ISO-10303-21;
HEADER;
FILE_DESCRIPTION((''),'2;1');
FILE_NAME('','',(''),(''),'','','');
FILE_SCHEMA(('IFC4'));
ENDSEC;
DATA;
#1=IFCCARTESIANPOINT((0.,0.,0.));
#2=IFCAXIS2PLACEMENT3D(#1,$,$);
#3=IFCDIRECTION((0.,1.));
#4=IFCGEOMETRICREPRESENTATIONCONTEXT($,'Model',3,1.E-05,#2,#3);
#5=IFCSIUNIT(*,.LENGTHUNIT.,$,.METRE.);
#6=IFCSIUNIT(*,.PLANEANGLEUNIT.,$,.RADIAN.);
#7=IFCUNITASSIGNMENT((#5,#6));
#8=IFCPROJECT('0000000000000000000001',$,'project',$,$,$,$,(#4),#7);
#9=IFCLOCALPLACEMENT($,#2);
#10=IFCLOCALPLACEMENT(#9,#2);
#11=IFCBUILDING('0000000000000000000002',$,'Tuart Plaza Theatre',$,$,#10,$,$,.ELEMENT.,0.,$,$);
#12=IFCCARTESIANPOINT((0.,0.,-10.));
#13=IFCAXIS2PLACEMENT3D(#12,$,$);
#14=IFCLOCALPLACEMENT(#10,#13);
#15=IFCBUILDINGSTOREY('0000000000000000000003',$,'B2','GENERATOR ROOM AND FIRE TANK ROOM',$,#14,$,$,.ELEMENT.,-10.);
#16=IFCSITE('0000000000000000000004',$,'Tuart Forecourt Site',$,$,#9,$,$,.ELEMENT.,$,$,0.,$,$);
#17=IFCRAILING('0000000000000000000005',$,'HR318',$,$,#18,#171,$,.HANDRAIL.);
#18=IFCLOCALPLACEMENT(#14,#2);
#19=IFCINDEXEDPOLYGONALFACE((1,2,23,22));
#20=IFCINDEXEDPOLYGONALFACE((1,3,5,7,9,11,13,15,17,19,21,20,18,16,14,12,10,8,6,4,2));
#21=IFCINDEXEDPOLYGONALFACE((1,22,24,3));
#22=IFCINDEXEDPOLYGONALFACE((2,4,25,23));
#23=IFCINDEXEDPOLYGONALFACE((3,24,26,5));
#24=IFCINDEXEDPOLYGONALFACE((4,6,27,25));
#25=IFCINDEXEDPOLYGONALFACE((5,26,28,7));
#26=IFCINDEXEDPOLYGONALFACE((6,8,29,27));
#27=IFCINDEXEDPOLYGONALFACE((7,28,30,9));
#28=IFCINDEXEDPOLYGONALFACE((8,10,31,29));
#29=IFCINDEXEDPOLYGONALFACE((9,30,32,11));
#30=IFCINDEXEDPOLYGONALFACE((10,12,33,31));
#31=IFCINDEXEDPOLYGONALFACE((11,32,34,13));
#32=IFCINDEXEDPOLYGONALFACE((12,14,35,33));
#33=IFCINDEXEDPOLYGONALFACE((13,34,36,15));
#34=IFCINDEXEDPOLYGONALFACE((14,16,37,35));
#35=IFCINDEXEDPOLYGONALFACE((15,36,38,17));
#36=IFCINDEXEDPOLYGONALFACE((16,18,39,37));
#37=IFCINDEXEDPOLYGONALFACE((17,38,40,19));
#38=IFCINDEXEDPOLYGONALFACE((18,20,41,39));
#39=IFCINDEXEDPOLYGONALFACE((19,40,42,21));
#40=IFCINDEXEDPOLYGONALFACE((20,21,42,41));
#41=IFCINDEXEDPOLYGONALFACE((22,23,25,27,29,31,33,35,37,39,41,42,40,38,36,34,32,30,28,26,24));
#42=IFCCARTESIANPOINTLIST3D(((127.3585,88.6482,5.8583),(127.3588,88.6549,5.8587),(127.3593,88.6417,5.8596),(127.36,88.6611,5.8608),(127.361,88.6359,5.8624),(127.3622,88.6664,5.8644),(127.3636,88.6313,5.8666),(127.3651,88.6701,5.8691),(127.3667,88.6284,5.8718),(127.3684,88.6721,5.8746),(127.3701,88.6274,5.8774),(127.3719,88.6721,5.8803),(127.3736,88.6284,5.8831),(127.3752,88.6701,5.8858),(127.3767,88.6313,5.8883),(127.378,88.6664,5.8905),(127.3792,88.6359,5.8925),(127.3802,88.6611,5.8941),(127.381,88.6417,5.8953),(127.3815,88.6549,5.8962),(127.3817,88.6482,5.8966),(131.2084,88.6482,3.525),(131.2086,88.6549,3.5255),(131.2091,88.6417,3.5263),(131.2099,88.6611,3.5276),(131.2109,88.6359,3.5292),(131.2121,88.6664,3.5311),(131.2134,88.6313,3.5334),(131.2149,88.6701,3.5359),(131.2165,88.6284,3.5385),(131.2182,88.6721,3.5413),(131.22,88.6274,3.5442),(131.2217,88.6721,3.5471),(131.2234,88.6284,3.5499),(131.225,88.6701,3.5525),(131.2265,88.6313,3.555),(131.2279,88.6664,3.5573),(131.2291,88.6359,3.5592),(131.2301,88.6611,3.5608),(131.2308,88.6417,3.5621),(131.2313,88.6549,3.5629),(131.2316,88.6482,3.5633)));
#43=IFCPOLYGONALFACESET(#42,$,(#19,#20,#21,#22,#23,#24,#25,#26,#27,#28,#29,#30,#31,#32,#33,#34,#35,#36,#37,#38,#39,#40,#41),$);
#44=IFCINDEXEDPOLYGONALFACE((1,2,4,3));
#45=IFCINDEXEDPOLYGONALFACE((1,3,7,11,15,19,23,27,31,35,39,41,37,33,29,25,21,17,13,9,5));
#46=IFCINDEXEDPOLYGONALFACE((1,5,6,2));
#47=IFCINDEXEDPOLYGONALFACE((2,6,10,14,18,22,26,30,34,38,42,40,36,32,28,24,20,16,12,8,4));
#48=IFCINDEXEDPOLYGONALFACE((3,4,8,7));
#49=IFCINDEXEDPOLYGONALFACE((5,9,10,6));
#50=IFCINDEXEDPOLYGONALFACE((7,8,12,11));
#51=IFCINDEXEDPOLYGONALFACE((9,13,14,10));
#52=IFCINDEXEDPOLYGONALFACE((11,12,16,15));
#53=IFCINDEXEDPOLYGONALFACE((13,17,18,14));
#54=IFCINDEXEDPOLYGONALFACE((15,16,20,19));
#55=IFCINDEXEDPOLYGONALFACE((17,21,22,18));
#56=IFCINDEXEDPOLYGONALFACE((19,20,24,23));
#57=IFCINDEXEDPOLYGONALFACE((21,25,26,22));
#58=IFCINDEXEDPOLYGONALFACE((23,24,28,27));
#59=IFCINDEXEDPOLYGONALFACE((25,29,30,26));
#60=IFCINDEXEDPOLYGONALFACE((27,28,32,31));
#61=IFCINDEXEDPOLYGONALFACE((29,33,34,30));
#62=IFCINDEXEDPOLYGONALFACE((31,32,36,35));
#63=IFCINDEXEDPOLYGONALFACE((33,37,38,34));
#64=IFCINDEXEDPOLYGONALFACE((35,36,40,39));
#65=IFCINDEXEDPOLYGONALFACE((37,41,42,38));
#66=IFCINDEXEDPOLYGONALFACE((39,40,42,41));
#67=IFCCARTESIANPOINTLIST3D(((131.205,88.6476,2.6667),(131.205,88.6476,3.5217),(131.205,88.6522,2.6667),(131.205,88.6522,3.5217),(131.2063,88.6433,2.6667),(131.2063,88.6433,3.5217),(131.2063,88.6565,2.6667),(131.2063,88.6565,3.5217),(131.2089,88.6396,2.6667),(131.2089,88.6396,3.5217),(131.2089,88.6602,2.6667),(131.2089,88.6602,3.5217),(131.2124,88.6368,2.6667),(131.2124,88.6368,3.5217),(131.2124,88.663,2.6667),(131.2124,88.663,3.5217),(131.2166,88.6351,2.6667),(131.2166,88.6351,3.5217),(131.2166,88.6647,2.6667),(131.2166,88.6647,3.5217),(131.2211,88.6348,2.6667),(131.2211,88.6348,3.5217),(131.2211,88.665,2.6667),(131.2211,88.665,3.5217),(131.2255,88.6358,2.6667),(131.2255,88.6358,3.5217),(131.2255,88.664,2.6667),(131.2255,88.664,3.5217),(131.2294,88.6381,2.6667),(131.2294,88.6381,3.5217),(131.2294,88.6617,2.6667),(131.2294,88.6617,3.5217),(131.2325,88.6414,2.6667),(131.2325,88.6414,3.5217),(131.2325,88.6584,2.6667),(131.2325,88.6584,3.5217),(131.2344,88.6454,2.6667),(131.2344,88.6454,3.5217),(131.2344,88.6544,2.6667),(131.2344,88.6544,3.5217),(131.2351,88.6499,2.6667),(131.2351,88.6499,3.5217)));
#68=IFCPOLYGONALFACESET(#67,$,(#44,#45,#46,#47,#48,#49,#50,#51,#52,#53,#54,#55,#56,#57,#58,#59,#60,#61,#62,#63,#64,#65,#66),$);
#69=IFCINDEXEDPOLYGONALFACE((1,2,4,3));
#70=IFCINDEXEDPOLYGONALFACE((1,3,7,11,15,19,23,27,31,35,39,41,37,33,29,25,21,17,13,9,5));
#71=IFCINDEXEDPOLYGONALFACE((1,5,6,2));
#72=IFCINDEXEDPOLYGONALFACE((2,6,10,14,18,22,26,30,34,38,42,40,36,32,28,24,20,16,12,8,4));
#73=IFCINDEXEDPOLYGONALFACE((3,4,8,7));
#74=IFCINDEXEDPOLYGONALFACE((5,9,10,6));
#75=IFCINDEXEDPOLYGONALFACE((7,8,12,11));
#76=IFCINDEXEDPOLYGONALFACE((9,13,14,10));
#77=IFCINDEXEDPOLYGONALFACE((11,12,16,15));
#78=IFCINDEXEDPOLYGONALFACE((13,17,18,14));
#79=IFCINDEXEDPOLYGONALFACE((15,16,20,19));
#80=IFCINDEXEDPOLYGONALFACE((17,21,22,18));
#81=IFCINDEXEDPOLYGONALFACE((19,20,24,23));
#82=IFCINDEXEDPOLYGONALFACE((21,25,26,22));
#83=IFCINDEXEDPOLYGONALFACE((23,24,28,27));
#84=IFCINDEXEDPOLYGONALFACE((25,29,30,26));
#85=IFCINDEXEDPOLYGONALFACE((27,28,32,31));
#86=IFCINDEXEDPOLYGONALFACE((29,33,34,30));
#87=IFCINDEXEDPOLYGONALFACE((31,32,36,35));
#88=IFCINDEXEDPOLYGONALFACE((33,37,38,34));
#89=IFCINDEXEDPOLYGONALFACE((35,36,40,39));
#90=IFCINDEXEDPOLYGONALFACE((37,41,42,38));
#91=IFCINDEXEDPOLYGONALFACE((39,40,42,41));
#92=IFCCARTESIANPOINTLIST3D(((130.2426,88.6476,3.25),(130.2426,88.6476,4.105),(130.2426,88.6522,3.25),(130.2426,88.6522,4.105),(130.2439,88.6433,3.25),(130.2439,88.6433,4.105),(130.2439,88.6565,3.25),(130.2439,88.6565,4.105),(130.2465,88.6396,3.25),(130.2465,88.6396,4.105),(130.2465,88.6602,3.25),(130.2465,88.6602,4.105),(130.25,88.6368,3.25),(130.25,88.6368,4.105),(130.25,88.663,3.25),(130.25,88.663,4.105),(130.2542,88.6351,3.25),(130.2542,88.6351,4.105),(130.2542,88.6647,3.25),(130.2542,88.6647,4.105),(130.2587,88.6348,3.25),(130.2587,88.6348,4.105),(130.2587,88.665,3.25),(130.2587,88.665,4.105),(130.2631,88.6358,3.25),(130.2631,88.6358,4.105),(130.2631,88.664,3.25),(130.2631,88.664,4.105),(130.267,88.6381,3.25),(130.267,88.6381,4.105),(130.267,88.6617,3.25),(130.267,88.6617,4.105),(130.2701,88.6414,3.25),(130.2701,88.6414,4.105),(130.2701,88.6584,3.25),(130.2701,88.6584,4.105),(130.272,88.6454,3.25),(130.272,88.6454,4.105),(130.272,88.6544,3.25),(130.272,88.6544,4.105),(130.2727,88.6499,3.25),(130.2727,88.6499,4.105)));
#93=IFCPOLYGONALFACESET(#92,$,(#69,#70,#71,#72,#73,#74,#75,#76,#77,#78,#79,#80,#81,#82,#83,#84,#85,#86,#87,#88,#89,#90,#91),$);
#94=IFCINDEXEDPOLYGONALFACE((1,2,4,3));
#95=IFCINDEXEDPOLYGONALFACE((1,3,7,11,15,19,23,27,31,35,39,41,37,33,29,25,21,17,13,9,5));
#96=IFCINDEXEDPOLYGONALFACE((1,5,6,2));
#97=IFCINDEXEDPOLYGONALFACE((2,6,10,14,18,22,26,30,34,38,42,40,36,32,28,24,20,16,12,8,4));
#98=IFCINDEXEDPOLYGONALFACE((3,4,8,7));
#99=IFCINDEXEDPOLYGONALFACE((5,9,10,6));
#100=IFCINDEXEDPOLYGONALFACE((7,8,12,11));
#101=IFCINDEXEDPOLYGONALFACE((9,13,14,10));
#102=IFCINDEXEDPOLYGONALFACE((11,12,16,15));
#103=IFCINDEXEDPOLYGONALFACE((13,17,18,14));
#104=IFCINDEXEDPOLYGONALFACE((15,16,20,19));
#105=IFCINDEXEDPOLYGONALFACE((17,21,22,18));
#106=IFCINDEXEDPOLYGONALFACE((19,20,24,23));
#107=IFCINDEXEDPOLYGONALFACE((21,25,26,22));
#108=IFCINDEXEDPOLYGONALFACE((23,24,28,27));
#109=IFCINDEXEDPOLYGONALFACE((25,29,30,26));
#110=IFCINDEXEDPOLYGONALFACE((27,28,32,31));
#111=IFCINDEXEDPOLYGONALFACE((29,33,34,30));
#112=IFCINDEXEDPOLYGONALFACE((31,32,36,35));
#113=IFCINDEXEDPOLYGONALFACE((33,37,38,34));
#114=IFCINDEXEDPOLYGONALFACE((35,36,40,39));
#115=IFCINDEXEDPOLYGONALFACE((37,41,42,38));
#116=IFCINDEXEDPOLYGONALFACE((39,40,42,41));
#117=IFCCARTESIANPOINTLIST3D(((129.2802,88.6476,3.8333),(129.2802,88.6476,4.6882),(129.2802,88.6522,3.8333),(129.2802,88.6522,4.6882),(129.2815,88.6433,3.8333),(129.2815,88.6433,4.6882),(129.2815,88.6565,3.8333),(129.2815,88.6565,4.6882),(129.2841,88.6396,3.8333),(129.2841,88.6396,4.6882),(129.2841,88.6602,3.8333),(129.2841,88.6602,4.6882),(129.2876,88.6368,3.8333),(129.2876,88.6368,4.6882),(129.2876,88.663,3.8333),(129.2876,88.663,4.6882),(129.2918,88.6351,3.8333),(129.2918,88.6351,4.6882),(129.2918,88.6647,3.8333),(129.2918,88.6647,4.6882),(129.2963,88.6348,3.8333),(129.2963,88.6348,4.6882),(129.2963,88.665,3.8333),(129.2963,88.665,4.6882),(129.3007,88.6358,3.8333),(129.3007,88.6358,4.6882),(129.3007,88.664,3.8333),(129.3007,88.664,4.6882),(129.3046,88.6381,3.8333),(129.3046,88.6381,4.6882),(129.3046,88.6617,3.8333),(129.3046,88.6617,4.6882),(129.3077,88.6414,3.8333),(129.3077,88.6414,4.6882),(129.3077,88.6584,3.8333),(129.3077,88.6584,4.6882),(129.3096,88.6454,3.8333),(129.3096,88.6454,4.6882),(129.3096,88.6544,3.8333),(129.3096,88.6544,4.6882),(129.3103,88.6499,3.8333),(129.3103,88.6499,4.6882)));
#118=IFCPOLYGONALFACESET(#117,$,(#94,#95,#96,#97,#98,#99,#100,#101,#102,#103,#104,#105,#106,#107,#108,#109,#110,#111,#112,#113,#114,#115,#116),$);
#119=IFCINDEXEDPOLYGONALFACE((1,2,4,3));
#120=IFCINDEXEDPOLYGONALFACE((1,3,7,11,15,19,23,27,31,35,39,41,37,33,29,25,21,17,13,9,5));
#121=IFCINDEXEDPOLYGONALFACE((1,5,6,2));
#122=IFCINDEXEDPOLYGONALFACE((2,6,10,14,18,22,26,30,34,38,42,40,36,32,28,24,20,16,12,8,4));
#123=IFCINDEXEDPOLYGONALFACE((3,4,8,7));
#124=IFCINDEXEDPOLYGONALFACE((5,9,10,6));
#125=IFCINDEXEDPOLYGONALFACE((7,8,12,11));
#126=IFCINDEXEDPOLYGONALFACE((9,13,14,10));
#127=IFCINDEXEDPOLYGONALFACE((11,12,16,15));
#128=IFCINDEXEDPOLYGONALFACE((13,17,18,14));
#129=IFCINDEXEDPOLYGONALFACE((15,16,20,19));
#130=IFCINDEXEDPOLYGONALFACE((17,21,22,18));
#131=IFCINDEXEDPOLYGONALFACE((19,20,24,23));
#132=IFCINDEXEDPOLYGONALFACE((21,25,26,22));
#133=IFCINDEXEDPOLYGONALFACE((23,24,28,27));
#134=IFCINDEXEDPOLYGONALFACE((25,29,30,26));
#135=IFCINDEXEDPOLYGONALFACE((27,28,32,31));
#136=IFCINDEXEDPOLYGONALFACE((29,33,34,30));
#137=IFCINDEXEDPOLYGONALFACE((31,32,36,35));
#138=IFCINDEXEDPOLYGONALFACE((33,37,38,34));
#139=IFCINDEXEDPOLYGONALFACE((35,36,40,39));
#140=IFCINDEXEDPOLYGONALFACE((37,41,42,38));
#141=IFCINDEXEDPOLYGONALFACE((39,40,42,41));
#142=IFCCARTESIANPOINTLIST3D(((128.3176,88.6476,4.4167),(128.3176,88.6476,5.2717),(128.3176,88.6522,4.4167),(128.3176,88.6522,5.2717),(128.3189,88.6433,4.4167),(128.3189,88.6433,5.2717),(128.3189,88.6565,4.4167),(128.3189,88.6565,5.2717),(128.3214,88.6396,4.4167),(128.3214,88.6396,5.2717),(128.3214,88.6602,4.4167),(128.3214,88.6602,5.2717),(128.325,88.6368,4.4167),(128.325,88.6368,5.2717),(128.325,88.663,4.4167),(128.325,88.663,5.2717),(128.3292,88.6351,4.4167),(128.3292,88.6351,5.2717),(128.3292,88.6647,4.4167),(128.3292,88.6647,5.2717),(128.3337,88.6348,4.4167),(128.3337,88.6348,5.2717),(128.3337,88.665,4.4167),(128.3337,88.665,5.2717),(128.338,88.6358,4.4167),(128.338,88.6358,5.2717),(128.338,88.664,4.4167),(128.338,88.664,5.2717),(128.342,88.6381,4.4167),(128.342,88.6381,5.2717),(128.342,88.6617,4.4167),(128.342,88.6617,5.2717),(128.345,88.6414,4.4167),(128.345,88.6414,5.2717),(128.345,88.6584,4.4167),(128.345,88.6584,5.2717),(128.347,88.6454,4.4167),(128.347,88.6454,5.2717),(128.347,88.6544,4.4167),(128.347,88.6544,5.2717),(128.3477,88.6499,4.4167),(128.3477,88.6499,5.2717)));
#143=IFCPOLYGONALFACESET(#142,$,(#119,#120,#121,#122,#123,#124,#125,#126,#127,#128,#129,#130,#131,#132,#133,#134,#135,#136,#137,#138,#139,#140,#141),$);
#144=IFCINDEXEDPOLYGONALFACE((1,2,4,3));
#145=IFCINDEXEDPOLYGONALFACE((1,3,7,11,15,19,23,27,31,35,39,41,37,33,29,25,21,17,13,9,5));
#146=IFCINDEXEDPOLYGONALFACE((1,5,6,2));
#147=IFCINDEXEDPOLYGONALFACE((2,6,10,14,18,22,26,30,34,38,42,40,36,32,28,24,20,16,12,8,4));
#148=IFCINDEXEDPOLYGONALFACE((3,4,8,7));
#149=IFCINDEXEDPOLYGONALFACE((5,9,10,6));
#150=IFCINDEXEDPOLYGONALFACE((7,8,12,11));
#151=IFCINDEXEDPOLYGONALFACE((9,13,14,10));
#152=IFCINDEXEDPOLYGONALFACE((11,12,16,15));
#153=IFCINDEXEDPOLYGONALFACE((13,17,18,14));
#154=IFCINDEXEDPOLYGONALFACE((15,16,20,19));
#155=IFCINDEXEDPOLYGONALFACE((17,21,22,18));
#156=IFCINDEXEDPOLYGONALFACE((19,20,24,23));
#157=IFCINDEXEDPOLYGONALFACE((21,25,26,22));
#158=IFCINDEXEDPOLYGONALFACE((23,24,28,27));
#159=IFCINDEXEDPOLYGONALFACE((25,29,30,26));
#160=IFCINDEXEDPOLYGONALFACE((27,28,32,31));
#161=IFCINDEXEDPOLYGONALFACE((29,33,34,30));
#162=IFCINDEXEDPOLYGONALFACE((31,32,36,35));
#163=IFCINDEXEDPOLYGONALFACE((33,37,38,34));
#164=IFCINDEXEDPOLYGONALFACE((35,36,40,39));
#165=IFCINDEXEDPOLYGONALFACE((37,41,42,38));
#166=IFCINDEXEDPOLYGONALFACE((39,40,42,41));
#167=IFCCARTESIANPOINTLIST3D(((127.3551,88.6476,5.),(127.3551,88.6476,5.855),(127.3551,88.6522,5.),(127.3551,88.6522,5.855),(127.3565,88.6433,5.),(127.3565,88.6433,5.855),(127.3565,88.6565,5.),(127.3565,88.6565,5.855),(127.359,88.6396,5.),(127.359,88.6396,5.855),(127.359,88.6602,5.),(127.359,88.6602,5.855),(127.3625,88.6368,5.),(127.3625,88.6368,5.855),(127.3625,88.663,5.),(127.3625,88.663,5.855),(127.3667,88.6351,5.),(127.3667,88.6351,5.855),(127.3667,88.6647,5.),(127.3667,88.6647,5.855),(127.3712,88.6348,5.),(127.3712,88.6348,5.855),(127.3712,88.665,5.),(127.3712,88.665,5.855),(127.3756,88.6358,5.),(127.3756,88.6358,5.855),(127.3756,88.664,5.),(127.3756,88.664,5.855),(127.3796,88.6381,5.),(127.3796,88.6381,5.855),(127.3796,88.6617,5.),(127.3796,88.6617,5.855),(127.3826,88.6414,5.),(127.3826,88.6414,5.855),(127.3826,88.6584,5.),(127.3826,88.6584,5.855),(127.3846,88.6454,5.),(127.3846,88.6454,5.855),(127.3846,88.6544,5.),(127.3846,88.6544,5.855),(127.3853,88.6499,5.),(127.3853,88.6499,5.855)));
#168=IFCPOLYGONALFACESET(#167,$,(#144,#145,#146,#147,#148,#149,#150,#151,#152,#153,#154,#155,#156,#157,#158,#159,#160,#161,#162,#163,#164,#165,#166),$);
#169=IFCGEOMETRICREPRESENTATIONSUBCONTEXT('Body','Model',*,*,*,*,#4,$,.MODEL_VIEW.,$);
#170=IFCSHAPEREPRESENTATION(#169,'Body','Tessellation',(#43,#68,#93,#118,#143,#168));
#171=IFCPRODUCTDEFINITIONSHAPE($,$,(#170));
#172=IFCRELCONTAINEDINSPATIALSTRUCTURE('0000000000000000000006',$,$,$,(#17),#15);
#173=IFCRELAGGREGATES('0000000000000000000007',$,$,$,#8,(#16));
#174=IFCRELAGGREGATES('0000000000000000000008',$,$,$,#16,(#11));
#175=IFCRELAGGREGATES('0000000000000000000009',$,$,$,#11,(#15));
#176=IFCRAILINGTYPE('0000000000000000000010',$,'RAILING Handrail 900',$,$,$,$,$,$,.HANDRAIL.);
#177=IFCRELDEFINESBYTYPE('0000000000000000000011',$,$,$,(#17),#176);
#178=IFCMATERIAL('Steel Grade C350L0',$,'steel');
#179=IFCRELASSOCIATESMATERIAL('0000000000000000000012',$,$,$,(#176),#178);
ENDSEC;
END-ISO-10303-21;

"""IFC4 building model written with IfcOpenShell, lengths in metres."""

from ifc_helpers import new_model, si_unit, direction, frame, origin, origin_2d, place, context, subcontext, project, spatial, circle, extrude, material, type_object, element, save


model = new_model("IFC4")

# Units and contexts
model_context = context("Model", 3, precision=1e-05, world=origin(), true_north=direction((0.0, 1.0)))
body_context = subcontext(model_context, "Body", "Model", "MODEL_VIEW")
ifc_project = project(units=[si_unit("LENGTHUNIT", "METRE"), si_unit("PLANEANGLEUNIT", "RADIAN")], contexts=[model_context])

# Site, building, storey
site_placement = place(None, origin())
site = spatial("IfcSite", under=ifc_project, at=site_placement, Name="Tuart Forecourt Site", CompositionType="ELEMENT", RefElevation=0.0)
building_placement = place(site_placement, origin())
building = spatial("IfcBuilding", under=site, at=building_placement, Name="Tuart Plaza Theatre", CompositionType="ELEMENT", ElevationOfRefHeight=0.0)
storey_placement = place(building_placement, frame((0.0, 0.0, -10.0)))
storey = spatial("IfcBuildingStorey", under=building, at=storey_placement, Name="B2", Description="GENERATOR ROOM AND FIRE TANK ROOM", CompositionType="ELEMENT", Elevation=-10.0)

# Railing
ifc_material_1 = material(Name="Steel Grade C350L0", Category="steel")
railing_type_1 = type_object("IfcRailingType", Name="RAILING Handrail 900", PredefinedType="HANDRAIL", material=ifc_material_1)
for number, where, name in (
    (1, (131.22, 88.6499, 2.6667), "HR318"),
):
    element("IfcRailing", number, at=place(storey_placement, frame(where)), inside=storey, type_object=railing_type_1, Name=name, PredefinedType="HANDRAIL", context=body_context, shape_type="SweptSolid", body=[
        extrude(circle(Radius=0.0225, at=origin_2d()), frame((0.0, 0.0, 0.8774), z_axis=(-0.855197, 0.0, 0.518303), x_axis=(0.0, -1.0, 0.0)), (0.0, 0.0, 1.0), 4.5017),
        extrude(circle(Radius=0.0151, at=origin_2d()), origin(), (0.0, 0.0, 1.0), 0.855),
        extrude(circle(Radius=0.0151, at=origin_2d()), frame((-0.9624, 0.0, 0.5833)), (0.0, 0.0, 1.0), 0.855),
        extrude(circle(Radius=0.0151, at=origin_2d()), frame((-1.9248, 0.0, 1.1665)), (0.0, 0.0, 1.0), 0.855),
        extrude(circle(Radius=0.0151, at=origin_2d()), frame((-2.8875, 0.0, 1.75)), (0.0, 0.0, 1.0), 0.855),
        extrude(circle(Radius=0.0151, at=origin_2d()), frame((-3.8499, 0.0, 2.3333)), (0.0, 0.0, 1.0), 0.855),
    ])

save(model, "model.ifc")
